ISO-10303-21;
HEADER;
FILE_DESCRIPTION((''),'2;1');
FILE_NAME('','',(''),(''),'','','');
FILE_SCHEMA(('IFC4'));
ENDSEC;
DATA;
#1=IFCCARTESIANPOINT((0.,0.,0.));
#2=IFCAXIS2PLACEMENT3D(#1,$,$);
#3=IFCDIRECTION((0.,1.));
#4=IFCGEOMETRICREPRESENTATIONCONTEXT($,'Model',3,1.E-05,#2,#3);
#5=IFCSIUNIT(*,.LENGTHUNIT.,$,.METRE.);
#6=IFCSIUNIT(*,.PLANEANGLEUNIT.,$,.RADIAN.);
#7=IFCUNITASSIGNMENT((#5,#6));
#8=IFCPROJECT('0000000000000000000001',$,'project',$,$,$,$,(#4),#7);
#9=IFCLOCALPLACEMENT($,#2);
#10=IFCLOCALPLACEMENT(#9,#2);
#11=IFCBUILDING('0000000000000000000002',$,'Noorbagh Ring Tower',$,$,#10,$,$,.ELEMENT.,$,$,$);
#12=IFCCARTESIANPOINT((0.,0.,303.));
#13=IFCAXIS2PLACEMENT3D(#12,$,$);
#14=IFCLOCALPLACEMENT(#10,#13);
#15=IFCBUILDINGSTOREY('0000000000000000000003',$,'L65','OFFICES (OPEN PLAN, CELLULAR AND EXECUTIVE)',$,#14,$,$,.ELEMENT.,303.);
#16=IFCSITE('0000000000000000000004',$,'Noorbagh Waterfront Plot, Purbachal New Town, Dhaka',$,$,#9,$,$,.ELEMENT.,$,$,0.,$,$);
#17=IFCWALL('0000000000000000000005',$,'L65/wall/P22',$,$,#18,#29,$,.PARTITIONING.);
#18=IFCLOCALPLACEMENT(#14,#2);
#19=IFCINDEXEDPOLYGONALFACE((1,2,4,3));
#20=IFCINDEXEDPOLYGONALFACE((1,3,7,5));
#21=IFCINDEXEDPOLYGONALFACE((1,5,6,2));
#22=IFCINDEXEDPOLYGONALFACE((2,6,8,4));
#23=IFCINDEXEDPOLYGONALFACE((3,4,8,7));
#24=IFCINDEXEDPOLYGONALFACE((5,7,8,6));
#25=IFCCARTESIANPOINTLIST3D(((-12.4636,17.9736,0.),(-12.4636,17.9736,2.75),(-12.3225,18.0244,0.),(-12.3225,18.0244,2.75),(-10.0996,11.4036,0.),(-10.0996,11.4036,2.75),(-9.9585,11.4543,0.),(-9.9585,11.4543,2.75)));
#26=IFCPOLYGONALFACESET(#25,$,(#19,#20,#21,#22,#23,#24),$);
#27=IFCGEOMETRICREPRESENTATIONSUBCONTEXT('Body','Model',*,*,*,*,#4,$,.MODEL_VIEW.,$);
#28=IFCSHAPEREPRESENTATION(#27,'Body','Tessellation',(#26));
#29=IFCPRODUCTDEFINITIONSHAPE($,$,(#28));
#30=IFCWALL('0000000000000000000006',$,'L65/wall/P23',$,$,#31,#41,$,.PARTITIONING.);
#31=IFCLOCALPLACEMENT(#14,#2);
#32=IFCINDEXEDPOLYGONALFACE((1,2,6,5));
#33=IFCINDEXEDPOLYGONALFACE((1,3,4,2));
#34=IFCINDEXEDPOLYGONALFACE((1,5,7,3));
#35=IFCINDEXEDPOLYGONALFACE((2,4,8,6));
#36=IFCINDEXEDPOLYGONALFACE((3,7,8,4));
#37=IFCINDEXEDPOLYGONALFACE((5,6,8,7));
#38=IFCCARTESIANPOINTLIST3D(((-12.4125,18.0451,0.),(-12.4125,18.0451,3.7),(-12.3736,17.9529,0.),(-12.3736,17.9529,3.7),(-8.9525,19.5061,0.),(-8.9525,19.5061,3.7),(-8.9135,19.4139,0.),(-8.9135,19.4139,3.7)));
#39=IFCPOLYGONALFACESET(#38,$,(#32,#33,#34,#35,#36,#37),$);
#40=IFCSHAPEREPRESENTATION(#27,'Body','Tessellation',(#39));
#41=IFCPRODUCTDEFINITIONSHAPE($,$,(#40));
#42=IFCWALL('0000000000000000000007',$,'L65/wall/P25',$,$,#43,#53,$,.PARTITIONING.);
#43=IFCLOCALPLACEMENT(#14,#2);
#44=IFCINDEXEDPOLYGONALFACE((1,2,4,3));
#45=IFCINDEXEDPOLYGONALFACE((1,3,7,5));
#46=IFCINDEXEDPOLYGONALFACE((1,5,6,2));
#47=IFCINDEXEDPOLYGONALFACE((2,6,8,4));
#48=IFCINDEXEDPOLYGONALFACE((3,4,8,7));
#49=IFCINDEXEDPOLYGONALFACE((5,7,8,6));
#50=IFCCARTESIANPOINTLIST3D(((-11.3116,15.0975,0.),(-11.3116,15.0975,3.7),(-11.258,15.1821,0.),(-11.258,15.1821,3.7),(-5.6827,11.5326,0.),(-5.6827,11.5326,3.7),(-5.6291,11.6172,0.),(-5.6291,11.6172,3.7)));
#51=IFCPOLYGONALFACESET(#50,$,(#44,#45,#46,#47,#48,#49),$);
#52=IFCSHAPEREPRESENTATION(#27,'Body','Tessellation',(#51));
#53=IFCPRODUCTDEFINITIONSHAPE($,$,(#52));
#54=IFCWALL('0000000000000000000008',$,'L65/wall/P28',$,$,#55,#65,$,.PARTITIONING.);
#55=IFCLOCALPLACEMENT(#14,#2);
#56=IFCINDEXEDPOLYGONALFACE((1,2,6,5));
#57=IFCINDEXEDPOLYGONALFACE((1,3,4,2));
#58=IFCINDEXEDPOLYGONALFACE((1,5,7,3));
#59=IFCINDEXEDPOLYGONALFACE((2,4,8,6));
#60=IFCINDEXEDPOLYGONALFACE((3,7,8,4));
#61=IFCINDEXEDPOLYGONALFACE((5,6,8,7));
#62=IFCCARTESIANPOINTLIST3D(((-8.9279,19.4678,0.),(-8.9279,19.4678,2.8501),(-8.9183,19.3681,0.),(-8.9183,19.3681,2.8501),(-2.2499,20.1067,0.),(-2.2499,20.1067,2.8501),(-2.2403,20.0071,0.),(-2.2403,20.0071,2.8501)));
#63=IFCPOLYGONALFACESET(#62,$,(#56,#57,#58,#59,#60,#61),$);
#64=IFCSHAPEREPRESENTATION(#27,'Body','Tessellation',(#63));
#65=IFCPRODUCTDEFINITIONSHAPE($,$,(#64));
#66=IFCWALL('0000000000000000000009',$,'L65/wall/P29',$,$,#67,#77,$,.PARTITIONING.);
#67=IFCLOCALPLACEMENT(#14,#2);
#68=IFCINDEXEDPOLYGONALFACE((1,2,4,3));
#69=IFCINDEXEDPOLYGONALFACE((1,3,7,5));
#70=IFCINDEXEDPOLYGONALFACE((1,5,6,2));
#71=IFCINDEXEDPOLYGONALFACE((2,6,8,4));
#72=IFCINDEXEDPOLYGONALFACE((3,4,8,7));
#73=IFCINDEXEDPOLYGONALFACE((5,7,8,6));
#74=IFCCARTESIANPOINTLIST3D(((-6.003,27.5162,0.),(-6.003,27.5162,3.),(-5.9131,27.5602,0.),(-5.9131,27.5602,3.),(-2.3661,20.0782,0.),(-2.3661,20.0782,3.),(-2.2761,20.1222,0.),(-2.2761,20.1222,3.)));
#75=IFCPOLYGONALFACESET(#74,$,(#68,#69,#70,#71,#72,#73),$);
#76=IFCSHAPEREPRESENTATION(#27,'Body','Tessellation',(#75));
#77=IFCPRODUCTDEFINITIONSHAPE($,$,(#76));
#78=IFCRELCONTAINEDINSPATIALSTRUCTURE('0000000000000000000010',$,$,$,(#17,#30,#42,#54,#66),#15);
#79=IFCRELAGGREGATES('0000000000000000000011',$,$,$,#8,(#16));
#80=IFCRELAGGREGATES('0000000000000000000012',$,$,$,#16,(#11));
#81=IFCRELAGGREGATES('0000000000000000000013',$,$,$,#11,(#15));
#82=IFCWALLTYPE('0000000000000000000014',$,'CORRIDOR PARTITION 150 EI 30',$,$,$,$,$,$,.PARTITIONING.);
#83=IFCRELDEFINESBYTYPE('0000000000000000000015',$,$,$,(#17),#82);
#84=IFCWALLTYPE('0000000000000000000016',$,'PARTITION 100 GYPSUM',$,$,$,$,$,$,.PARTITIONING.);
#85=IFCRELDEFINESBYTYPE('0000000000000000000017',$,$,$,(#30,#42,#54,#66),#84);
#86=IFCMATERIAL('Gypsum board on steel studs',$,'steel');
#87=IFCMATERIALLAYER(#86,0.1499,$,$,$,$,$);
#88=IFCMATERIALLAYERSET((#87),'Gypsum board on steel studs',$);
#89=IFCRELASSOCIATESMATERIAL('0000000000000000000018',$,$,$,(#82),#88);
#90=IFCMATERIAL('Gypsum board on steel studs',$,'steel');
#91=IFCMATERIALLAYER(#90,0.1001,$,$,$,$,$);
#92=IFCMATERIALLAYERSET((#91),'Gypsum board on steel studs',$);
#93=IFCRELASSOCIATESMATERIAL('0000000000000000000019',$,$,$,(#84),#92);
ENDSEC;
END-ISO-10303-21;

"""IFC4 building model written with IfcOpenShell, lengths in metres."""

from ifc_helpers import new_model, si_unit, direction, frame, frame_2d, origin, place, context, subcontext, project, spatial, rectangle, extrude, material, layer, layer_set, type_object, element, save


model = new_model("IFC4")

# Units and contexts
model_context = context("Model", 3, precision=1e-05, world=origin(), true_north=direction((0.0, 1.0)))
body_context = subcontext(model_context, "Body", "Model", "MODEL_VIEW")
ifc_project = project(units=[si_unit("LENGTHUNIT", "METRE"), si_unit("PLANEANGLEUNIT", "RADIAN")], contexts=[model_context])

# Site, building, storey
site_placement = place(None, origin())
site = spatial("IfcSite", under=ifc_project, at=site_placement, Name="Noorbagh Waterfront Plot, Purbachal New Town, Dhaka", CompositionType="ELEMENT", RefElevation=0.0)
building_placement = place(site_placement, origin())
building = spatial("IfcBuilding", under=site, at=building_placement, Name="Noorbagh Ring Tower", CompositionType="ELEMENT")
storey_placement = place(building_placement, frame((0.0, 0.0, 303.0)))
storey = spatial("IfcBuildingStorey", under=building, at=storey_placement, Name="L65", Description="OFFICES (OPEN PLAN, CELLULAR AND EXECUTIVE)", CompositionType="ELEMENT", Elevation=303.0)

# Walls
ifc_material_1 = material(Name="Gypsum board on steel studs", Category="steel")
ifc_layer_1 = layer(ifc_material_1, 0.1499)
ifc_layer_set_1 = layer_set([ifc_layer_1], Name="Gypsum board on steel studs")
wall_type_1 = type_object("IfcWallType", Name="CORRIDOR PARTITION 150 EI 30", PredefinedType="PARTITIONING", material=ifc_layer_set_1)
wall_1_placement = place(storey_placement, frame((-12.3931, 17.999, 0.0), z_axis=(0.0, 0.0, 1.0), x_axis=(0.338566, -0.940943, 0.0)))
element("IfcWall", 1, at=wall_1_placement, inside=storey, type_object=wall_type_1, Name="L65/wall/P22", PredefinedType="PARTITIONING", context=body_context, shape_type="SweptSolid", body=[
    extrude(rectangle(XDim=6.9824, YDim=0.1499, at=frame_2d((3.4912, 0.0))), origin(), (0.0, 0.0, 1.0), 2.75),
])
ifc_material_2 = material(Name="Gypsum board on steel studs", Category="steel")
ifc_layer_2 = layer(ifc_material_2, 0.1001)
ifc_layer_set_2 = layer_set([ifc_layer_2], Name="Gypsum board on steel studs")
wall_type_2 = type_object("IfcWallType", Name="PARTITION 100 GYPSUM", PredefinedType="PARTITIONING", material=ifc_layer_set_2)
wall_2_placement = place(storey_placement, frame((-12.3931, 17.999, 0.0), z_axis=(0.0, 0.0, 1.0), x_axis=(0.921243, 0.388987, 0.0)))
element("IfcWall", 2, at=wall_2_placement, inside=storey, type_object=wall_type_2, Name="L65/wall/P23", PredefinedType="PARTITIONING", context=body_context, shape_type="SweptSolid", body=[
    extrude(rectangle(XDim=3.7559, YDim=0.1001, at=frame_2d((1.8779, 0.0))), origin(), (0.0, 0.0, 1.0), 3.7),
])
wall_3_placement = place(storey_placement, frame((-11.2849, 15.1399, 0.0), z_axis=(0.0, 0.0, 1.0), x_axis=(0.844821, -0.535049, 0.0)))
element("IfcWall", 3, at=wall_3_placement, inside=storey, type_object=wall_type_2, Name="L65/wall/P25", PredefinedType="PARTITIONING", context=body_context, shape_type="SweptSolid", body=[
    extrude(rectangle(XDim=6.6628, YDim=0.1001, at=frame_2d((3.3315, 0.0))), origin(), (0.0, 0.0, 1.0), 3.7),
])
wall_4_placement = place(storey_placement, frame((-8.9231, 19.418, 0.0), z_axis=(0.0, 0.0, 1.0), x_axis=(0.995454, 0.09524, 0.0)))
element("IfcWall", 4, at=wall_4_placement, inside=storey, type_object=wall_type_2, Name="L65/wall/P28", PredefinedType="PARTITIONING", context=body_context, shape_type="SweptSolid", body=[
    extrude(rectangle(XDim=6.7085, YDim=0.1001, at=frame_2d((3.3542, 0.0))), origin(), (0.0, 0.0, 1.0), 2.8501),
])
wall_5_placement = place(storey_placement, frame((-5.958, 27.5381, 0.0), z_axis=(0.0, 0.0, 1.0), x_axis=(0.43927, -0.898355, 0.0)))
element("IfcWall", 5, at=wall_5_placement, inside=storey, type_object=wall_type_2, Name="L65/wall/P29", PredefinedType="PARTITIONING", context=body_context, shape_type="SweptSolid", body=[
    extrude(rectangle(XDim=8.2795, YDim=0.1001, at=frame_2d((4.1396, 0.0))), origin(), (0.0, 0.0, 1.0), 3.0),
])

save(model, "model.ifc")
